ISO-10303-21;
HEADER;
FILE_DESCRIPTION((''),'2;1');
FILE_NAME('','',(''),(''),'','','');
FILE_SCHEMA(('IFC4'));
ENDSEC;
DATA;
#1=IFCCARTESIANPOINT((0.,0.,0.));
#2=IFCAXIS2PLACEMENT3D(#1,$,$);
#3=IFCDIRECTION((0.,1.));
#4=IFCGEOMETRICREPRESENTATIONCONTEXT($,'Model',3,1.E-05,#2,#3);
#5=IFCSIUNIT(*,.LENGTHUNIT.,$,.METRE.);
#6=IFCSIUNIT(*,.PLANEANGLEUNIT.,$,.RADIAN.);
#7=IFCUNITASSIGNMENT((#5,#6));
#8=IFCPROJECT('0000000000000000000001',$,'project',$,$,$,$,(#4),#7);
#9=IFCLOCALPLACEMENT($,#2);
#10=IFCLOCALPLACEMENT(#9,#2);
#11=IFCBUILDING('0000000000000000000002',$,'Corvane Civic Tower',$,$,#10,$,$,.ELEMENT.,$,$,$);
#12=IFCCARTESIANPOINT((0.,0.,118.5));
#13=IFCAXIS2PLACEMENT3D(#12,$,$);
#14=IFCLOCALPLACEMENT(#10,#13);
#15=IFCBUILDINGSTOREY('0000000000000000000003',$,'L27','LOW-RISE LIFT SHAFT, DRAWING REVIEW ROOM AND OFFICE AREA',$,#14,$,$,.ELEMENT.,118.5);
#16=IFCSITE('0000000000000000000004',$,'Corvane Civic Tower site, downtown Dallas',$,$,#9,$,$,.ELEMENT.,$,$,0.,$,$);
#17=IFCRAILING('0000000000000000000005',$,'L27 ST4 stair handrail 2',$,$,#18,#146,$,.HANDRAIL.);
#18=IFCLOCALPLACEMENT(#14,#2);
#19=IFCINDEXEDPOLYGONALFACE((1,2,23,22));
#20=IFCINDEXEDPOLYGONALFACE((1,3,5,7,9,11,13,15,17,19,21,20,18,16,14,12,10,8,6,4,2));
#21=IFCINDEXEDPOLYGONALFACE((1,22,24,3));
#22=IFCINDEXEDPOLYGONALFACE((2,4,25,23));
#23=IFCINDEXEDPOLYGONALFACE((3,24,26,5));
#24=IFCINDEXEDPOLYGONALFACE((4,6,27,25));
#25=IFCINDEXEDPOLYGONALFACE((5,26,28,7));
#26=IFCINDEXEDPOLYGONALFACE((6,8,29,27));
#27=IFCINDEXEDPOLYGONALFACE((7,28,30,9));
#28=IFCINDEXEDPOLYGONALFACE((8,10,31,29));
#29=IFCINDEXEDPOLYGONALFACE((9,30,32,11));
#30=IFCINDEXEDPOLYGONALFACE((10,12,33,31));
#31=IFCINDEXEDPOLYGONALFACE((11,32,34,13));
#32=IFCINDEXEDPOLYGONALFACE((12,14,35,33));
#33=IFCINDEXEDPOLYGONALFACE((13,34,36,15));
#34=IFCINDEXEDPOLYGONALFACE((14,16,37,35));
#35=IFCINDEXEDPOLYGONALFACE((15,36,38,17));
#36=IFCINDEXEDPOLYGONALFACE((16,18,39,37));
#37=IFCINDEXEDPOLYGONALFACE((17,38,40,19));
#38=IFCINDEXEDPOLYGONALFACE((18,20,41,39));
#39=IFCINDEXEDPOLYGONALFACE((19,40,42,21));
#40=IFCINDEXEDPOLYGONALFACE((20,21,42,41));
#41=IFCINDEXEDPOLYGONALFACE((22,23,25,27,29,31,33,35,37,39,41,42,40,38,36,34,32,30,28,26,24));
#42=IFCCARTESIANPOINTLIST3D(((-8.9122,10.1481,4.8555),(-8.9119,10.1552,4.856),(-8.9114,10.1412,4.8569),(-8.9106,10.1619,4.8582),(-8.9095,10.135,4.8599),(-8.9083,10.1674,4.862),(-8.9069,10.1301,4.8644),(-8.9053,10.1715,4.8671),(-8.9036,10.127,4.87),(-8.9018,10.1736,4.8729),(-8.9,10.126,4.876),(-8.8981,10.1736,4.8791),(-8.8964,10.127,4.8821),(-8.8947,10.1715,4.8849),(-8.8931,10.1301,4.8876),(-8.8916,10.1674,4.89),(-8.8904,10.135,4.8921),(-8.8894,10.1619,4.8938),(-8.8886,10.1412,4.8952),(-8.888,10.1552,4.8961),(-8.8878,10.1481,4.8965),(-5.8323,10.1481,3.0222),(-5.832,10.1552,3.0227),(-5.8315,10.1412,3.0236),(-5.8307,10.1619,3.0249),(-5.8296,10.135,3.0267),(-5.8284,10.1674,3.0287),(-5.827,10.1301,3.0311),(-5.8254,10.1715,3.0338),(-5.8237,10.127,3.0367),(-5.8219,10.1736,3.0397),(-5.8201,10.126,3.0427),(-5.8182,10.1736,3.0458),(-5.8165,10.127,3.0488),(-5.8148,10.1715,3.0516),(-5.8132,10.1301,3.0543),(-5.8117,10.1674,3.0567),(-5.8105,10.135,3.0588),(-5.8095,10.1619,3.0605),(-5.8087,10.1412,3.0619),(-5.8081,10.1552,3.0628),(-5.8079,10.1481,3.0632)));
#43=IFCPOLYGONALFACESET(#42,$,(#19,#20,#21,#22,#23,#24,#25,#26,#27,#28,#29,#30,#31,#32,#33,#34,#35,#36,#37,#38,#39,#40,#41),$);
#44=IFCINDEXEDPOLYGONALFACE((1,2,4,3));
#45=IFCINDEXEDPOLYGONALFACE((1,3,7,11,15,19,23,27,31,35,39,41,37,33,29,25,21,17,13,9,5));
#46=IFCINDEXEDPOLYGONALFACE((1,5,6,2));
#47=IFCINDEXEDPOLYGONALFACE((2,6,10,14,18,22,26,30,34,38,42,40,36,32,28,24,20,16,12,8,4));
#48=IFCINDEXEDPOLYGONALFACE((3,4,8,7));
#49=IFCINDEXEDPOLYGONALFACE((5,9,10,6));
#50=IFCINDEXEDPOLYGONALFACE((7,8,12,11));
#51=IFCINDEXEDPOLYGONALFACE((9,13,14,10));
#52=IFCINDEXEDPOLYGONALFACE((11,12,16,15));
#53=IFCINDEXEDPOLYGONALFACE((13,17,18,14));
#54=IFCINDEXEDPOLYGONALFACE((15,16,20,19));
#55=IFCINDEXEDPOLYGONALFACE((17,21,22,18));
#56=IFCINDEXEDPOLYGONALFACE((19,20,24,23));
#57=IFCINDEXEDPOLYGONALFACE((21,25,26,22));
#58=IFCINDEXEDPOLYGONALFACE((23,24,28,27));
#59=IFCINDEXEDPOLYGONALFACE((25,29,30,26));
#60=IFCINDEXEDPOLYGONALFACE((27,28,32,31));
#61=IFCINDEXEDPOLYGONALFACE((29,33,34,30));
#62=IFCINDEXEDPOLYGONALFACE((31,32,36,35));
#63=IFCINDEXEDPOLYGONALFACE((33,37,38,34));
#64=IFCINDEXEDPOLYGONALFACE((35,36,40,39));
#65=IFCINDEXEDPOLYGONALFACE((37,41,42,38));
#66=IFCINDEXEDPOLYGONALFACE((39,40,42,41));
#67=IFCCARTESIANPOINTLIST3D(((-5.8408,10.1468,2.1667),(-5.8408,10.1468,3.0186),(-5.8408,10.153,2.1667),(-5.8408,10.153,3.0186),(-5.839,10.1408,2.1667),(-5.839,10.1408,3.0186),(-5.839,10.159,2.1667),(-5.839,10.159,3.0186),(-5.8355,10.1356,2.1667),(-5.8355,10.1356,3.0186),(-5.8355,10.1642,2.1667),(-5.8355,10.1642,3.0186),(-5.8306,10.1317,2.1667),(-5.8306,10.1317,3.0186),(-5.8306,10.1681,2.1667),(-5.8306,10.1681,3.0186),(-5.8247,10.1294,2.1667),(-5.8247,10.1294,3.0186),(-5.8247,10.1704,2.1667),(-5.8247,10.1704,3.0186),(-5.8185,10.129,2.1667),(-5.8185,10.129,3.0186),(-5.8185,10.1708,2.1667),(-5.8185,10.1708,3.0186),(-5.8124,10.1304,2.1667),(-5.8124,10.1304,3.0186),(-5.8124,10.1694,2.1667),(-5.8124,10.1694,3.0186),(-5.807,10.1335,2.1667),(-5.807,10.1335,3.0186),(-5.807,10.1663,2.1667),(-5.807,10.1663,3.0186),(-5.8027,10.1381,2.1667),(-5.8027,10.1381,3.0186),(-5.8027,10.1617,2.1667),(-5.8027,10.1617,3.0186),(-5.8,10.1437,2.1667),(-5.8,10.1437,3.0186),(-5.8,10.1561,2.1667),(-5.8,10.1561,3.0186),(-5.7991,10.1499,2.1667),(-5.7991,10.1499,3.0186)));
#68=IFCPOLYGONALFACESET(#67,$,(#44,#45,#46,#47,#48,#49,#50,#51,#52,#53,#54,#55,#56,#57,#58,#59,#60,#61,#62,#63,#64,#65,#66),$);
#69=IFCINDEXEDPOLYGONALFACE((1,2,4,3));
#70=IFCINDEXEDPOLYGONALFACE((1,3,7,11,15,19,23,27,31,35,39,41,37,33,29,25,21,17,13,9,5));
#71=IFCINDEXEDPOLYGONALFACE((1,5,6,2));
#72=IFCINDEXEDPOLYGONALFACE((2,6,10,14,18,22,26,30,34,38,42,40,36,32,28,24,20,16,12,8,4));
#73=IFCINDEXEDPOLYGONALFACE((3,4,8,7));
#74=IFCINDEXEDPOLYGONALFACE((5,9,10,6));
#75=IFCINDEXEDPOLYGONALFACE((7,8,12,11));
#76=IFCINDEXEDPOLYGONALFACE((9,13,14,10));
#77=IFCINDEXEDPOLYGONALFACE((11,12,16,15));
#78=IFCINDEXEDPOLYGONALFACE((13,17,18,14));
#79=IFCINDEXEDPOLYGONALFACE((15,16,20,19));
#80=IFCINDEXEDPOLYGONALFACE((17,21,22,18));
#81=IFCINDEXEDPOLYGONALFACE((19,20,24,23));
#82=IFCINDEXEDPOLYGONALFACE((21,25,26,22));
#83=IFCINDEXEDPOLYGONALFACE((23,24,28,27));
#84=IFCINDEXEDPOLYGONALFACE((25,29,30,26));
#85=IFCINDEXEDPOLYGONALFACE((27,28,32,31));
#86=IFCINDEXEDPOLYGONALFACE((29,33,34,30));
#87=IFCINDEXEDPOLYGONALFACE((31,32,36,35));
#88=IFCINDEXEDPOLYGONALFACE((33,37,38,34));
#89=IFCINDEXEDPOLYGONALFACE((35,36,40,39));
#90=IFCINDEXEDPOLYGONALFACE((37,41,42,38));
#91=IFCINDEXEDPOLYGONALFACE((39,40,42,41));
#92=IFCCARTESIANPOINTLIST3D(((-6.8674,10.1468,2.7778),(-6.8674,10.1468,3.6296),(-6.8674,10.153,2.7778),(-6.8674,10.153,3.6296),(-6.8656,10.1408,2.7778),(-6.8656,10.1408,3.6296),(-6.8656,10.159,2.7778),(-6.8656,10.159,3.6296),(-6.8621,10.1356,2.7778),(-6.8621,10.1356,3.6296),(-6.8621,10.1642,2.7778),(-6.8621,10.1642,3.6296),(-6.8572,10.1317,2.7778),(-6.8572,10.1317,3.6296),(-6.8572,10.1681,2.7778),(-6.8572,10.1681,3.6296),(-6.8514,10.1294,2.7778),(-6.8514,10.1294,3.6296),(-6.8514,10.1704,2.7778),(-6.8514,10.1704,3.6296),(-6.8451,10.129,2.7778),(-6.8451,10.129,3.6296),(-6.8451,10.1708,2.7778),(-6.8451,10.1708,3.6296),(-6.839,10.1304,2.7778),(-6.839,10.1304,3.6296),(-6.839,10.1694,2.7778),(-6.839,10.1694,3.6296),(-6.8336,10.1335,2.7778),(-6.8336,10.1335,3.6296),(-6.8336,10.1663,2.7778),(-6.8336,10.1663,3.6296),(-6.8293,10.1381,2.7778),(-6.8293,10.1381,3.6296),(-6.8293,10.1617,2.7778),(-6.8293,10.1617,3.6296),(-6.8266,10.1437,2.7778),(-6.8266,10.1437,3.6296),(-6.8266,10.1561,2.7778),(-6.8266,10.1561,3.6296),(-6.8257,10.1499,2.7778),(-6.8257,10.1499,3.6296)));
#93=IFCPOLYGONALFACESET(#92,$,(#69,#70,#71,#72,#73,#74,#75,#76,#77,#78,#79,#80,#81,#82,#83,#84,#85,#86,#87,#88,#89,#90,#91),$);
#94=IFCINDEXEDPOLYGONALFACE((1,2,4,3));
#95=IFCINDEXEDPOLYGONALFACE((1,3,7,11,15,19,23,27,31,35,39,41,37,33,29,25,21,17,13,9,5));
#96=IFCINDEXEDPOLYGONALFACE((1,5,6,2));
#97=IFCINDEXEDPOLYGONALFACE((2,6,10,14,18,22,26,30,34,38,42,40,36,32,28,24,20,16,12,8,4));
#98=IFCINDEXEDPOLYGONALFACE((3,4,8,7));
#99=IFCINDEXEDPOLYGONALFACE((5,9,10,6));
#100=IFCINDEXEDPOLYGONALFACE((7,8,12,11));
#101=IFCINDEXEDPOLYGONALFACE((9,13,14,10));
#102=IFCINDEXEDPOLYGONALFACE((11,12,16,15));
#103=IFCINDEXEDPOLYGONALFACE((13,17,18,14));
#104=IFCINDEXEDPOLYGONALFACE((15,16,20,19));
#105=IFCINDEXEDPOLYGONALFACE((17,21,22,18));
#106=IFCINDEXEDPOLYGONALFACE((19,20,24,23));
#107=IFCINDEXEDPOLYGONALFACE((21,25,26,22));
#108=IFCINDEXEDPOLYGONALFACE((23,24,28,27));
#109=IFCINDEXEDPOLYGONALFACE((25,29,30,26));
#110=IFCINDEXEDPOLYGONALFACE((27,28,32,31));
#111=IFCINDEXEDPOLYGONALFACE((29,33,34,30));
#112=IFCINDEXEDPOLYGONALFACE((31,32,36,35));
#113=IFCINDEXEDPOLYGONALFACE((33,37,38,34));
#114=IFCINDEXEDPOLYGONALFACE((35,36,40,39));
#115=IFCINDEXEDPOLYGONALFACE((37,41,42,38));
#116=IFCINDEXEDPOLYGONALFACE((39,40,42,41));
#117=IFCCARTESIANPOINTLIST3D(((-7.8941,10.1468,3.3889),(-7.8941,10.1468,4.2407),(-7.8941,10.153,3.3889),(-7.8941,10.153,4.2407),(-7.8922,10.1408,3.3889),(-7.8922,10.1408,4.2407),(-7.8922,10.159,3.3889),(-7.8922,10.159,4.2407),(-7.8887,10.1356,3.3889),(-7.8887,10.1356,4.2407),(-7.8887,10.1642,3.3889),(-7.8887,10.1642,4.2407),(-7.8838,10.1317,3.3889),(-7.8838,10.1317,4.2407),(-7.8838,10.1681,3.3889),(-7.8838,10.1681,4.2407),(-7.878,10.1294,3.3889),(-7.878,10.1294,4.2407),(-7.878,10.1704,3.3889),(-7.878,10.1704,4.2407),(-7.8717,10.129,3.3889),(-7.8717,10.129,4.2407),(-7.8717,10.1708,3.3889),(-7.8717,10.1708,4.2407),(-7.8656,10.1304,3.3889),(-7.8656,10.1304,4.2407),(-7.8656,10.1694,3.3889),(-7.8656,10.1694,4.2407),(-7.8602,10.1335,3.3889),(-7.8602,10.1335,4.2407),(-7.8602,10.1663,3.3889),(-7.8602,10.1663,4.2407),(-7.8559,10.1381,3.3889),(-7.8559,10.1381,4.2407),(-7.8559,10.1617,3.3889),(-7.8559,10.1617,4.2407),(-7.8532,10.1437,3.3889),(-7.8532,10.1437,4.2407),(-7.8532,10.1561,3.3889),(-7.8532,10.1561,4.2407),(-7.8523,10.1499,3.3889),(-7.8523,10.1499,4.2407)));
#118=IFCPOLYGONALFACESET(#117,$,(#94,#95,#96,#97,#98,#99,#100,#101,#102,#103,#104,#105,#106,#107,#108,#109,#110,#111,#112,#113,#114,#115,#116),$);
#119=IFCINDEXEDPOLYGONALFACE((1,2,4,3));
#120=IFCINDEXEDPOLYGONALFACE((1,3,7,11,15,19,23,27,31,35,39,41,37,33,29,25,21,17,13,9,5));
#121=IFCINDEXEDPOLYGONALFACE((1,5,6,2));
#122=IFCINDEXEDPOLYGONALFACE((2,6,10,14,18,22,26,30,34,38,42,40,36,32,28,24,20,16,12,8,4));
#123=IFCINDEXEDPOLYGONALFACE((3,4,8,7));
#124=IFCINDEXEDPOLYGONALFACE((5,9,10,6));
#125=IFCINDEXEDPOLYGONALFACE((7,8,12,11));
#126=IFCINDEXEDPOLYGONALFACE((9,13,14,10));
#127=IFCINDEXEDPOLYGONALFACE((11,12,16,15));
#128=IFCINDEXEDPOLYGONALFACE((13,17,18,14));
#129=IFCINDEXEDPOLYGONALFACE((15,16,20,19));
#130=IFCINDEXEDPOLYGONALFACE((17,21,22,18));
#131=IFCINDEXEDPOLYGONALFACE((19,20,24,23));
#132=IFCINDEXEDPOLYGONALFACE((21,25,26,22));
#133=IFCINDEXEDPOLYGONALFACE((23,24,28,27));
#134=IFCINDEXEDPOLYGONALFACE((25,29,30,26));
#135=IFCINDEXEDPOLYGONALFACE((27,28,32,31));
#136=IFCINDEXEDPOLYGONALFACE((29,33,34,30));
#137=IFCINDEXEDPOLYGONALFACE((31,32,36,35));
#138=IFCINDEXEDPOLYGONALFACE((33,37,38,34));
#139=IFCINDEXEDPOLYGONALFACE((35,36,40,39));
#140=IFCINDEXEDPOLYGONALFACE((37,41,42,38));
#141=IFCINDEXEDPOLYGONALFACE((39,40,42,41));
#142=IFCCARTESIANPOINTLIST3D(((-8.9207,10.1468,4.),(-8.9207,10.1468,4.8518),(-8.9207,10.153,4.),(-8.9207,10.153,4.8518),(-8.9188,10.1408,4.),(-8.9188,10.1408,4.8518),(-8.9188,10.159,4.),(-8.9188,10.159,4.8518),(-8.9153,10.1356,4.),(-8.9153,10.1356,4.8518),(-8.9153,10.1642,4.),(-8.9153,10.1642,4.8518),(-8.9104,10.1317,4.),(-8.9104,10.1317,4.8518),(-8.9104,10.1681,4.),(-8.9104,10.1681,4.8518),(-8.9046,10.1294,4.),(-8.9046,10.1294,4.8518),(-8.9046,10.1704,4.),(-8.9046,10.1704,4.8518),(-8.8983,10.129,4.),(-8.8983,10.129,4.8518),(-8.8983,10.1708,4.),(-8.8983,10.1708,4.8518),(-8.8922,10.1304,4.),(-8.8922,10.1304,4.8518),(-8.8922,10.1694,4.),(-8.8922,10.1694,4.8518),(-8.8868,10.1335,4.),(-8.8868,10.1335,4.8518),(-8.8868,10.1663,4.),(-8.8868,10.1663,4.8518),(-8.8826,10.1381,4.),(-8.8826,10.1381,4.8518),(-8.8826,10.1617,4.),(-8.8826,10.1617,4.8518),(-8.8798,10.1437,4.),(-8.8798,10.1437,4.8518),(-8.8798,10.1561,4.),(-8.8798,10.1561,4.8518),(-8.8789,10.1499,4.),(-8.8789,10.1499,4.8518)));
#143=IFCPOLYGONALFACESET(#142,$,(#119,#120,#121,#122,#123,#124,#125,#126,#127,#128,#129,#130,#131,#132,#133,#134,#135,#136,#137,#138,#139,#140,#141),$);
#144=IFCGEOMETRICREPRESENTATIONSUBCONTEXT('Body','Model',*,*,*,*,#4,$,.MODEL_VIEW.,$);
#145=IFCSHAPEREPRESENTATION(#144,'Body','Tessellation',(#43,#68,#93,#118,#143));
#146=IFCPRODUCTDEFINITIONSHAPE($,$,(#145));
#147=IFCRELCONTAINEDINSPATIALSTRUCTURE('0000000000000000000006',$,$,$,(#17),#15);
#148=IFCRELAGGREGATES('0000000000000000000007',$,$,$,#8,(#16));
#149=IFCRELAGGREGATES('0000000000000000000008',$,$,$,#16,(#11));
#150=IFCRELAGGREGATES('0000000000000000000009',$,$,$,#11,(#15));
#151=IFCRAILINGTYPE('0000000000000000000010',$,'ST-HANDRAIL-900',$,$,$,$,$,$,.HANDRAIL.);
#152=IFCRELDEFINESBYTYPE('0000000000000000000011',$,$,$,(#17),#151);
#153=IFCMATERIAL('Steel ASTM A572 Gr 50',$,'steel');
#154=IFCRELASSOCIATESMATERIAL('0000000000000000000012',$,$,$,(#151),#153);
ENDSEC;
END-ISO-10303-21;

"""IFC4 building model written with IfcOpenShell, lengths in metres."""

from ifc_helpers import new_model, si_unit, direction, frame, origin, origin_2d, place, context, subcontext, project, spatial, circle, extrude, material, type_object, element, save


model = new_model("IFC4")

# Units and contexts
model_context = context("Model", 3, precision=1e-05, world=origin(), true_north=direction((0.0, 1.0)))
body_context = subcontext(model_context, "Body", "Model", "MODEL_VIEW")
ifc_project = project(units=[si_unit("LENGTHUNIT", "METRE"), si_unit("PLANEANGLEUNIT", "RADIAN")], contexts=[model_context])

# Site, building, storey
site_placement = place(None, origin())
site = spatial("IfcSite", under=ifc_project, at=site_placement, Name="Corvane Civic Tower site, downtown Dallas", CompositionType="ELEMENT", RefElevation=0.0)
building_placement = place(site_placement, origin())
building = spatial("IfcBuilding", under=site, at=building_placement, Name="Corvane Civic Tower", CompositionType="ELEMENT")
storey_placement = place(building_placement, frame((0.0, 0.0, 118.5)))
storey = spatial("IfcBuildingStorey", under=building, at=storey_placement, Name="L27", Description="LOW-RISE LIFT SHAFT, DRAWING REVIEW ROOM AND OFFICE AREA", CompositionType="ELEMENT", Elevation=118.5)

# Railing
ifc_material_1 = material(Name="Steel ASTM A572 Gr 50", Category="steel")
railing_type_1 = type_object("IfcRailingType", Name="ST-HANDRAIL-900", PredefinedType="HANDRAIL", material=ifc_material_1)
railing_1_placement = place(storey_placement, frame((-5.8201, 10.1499, 2.1667)))
element("IfcRailing", 1, at=railing_1_placement, inside=storey, type_object=railing_type_1, Name="L27 ST4 stair handrail 2", PredefinedType="HANDRAIL", context=body_context, shape_type="SweptSolid", body=[
    extrude(circle(Radius=0.0239, at=origin_2d()), frame((0.0, 0.0, 0.876), z_axis=(-0.859291, 0.0, 0.511487), x_axis=(0.0, -1.0, 0.0)), (0.0, 0.0, 1.0), 3.5842),
    extrude(circle(Radius=0.021, at=origin_2d()), origin(), (0.0, 0.0, 1.0), 0.8518),
    extrude(circle(Radius=0.021, at=origin_2d()), frame((-1.0266, 0.0, 0.6111)), (0.0, 0.0, 1.0), 0.8518),
    extrude(circle(Radius=0.021, at=origin_2d()), frame((-2.0532, 0.0, 1.2222)), (0.0, 0.0, 1.0), 0.8518),
    extrude(circle(Radius=0.021, at=origin_2d()), frame((-3.0798, 0.0, 1.8333)), (0.0, 0.0, 1.0), 0.8518),
])

save(model, "model.ifc")
